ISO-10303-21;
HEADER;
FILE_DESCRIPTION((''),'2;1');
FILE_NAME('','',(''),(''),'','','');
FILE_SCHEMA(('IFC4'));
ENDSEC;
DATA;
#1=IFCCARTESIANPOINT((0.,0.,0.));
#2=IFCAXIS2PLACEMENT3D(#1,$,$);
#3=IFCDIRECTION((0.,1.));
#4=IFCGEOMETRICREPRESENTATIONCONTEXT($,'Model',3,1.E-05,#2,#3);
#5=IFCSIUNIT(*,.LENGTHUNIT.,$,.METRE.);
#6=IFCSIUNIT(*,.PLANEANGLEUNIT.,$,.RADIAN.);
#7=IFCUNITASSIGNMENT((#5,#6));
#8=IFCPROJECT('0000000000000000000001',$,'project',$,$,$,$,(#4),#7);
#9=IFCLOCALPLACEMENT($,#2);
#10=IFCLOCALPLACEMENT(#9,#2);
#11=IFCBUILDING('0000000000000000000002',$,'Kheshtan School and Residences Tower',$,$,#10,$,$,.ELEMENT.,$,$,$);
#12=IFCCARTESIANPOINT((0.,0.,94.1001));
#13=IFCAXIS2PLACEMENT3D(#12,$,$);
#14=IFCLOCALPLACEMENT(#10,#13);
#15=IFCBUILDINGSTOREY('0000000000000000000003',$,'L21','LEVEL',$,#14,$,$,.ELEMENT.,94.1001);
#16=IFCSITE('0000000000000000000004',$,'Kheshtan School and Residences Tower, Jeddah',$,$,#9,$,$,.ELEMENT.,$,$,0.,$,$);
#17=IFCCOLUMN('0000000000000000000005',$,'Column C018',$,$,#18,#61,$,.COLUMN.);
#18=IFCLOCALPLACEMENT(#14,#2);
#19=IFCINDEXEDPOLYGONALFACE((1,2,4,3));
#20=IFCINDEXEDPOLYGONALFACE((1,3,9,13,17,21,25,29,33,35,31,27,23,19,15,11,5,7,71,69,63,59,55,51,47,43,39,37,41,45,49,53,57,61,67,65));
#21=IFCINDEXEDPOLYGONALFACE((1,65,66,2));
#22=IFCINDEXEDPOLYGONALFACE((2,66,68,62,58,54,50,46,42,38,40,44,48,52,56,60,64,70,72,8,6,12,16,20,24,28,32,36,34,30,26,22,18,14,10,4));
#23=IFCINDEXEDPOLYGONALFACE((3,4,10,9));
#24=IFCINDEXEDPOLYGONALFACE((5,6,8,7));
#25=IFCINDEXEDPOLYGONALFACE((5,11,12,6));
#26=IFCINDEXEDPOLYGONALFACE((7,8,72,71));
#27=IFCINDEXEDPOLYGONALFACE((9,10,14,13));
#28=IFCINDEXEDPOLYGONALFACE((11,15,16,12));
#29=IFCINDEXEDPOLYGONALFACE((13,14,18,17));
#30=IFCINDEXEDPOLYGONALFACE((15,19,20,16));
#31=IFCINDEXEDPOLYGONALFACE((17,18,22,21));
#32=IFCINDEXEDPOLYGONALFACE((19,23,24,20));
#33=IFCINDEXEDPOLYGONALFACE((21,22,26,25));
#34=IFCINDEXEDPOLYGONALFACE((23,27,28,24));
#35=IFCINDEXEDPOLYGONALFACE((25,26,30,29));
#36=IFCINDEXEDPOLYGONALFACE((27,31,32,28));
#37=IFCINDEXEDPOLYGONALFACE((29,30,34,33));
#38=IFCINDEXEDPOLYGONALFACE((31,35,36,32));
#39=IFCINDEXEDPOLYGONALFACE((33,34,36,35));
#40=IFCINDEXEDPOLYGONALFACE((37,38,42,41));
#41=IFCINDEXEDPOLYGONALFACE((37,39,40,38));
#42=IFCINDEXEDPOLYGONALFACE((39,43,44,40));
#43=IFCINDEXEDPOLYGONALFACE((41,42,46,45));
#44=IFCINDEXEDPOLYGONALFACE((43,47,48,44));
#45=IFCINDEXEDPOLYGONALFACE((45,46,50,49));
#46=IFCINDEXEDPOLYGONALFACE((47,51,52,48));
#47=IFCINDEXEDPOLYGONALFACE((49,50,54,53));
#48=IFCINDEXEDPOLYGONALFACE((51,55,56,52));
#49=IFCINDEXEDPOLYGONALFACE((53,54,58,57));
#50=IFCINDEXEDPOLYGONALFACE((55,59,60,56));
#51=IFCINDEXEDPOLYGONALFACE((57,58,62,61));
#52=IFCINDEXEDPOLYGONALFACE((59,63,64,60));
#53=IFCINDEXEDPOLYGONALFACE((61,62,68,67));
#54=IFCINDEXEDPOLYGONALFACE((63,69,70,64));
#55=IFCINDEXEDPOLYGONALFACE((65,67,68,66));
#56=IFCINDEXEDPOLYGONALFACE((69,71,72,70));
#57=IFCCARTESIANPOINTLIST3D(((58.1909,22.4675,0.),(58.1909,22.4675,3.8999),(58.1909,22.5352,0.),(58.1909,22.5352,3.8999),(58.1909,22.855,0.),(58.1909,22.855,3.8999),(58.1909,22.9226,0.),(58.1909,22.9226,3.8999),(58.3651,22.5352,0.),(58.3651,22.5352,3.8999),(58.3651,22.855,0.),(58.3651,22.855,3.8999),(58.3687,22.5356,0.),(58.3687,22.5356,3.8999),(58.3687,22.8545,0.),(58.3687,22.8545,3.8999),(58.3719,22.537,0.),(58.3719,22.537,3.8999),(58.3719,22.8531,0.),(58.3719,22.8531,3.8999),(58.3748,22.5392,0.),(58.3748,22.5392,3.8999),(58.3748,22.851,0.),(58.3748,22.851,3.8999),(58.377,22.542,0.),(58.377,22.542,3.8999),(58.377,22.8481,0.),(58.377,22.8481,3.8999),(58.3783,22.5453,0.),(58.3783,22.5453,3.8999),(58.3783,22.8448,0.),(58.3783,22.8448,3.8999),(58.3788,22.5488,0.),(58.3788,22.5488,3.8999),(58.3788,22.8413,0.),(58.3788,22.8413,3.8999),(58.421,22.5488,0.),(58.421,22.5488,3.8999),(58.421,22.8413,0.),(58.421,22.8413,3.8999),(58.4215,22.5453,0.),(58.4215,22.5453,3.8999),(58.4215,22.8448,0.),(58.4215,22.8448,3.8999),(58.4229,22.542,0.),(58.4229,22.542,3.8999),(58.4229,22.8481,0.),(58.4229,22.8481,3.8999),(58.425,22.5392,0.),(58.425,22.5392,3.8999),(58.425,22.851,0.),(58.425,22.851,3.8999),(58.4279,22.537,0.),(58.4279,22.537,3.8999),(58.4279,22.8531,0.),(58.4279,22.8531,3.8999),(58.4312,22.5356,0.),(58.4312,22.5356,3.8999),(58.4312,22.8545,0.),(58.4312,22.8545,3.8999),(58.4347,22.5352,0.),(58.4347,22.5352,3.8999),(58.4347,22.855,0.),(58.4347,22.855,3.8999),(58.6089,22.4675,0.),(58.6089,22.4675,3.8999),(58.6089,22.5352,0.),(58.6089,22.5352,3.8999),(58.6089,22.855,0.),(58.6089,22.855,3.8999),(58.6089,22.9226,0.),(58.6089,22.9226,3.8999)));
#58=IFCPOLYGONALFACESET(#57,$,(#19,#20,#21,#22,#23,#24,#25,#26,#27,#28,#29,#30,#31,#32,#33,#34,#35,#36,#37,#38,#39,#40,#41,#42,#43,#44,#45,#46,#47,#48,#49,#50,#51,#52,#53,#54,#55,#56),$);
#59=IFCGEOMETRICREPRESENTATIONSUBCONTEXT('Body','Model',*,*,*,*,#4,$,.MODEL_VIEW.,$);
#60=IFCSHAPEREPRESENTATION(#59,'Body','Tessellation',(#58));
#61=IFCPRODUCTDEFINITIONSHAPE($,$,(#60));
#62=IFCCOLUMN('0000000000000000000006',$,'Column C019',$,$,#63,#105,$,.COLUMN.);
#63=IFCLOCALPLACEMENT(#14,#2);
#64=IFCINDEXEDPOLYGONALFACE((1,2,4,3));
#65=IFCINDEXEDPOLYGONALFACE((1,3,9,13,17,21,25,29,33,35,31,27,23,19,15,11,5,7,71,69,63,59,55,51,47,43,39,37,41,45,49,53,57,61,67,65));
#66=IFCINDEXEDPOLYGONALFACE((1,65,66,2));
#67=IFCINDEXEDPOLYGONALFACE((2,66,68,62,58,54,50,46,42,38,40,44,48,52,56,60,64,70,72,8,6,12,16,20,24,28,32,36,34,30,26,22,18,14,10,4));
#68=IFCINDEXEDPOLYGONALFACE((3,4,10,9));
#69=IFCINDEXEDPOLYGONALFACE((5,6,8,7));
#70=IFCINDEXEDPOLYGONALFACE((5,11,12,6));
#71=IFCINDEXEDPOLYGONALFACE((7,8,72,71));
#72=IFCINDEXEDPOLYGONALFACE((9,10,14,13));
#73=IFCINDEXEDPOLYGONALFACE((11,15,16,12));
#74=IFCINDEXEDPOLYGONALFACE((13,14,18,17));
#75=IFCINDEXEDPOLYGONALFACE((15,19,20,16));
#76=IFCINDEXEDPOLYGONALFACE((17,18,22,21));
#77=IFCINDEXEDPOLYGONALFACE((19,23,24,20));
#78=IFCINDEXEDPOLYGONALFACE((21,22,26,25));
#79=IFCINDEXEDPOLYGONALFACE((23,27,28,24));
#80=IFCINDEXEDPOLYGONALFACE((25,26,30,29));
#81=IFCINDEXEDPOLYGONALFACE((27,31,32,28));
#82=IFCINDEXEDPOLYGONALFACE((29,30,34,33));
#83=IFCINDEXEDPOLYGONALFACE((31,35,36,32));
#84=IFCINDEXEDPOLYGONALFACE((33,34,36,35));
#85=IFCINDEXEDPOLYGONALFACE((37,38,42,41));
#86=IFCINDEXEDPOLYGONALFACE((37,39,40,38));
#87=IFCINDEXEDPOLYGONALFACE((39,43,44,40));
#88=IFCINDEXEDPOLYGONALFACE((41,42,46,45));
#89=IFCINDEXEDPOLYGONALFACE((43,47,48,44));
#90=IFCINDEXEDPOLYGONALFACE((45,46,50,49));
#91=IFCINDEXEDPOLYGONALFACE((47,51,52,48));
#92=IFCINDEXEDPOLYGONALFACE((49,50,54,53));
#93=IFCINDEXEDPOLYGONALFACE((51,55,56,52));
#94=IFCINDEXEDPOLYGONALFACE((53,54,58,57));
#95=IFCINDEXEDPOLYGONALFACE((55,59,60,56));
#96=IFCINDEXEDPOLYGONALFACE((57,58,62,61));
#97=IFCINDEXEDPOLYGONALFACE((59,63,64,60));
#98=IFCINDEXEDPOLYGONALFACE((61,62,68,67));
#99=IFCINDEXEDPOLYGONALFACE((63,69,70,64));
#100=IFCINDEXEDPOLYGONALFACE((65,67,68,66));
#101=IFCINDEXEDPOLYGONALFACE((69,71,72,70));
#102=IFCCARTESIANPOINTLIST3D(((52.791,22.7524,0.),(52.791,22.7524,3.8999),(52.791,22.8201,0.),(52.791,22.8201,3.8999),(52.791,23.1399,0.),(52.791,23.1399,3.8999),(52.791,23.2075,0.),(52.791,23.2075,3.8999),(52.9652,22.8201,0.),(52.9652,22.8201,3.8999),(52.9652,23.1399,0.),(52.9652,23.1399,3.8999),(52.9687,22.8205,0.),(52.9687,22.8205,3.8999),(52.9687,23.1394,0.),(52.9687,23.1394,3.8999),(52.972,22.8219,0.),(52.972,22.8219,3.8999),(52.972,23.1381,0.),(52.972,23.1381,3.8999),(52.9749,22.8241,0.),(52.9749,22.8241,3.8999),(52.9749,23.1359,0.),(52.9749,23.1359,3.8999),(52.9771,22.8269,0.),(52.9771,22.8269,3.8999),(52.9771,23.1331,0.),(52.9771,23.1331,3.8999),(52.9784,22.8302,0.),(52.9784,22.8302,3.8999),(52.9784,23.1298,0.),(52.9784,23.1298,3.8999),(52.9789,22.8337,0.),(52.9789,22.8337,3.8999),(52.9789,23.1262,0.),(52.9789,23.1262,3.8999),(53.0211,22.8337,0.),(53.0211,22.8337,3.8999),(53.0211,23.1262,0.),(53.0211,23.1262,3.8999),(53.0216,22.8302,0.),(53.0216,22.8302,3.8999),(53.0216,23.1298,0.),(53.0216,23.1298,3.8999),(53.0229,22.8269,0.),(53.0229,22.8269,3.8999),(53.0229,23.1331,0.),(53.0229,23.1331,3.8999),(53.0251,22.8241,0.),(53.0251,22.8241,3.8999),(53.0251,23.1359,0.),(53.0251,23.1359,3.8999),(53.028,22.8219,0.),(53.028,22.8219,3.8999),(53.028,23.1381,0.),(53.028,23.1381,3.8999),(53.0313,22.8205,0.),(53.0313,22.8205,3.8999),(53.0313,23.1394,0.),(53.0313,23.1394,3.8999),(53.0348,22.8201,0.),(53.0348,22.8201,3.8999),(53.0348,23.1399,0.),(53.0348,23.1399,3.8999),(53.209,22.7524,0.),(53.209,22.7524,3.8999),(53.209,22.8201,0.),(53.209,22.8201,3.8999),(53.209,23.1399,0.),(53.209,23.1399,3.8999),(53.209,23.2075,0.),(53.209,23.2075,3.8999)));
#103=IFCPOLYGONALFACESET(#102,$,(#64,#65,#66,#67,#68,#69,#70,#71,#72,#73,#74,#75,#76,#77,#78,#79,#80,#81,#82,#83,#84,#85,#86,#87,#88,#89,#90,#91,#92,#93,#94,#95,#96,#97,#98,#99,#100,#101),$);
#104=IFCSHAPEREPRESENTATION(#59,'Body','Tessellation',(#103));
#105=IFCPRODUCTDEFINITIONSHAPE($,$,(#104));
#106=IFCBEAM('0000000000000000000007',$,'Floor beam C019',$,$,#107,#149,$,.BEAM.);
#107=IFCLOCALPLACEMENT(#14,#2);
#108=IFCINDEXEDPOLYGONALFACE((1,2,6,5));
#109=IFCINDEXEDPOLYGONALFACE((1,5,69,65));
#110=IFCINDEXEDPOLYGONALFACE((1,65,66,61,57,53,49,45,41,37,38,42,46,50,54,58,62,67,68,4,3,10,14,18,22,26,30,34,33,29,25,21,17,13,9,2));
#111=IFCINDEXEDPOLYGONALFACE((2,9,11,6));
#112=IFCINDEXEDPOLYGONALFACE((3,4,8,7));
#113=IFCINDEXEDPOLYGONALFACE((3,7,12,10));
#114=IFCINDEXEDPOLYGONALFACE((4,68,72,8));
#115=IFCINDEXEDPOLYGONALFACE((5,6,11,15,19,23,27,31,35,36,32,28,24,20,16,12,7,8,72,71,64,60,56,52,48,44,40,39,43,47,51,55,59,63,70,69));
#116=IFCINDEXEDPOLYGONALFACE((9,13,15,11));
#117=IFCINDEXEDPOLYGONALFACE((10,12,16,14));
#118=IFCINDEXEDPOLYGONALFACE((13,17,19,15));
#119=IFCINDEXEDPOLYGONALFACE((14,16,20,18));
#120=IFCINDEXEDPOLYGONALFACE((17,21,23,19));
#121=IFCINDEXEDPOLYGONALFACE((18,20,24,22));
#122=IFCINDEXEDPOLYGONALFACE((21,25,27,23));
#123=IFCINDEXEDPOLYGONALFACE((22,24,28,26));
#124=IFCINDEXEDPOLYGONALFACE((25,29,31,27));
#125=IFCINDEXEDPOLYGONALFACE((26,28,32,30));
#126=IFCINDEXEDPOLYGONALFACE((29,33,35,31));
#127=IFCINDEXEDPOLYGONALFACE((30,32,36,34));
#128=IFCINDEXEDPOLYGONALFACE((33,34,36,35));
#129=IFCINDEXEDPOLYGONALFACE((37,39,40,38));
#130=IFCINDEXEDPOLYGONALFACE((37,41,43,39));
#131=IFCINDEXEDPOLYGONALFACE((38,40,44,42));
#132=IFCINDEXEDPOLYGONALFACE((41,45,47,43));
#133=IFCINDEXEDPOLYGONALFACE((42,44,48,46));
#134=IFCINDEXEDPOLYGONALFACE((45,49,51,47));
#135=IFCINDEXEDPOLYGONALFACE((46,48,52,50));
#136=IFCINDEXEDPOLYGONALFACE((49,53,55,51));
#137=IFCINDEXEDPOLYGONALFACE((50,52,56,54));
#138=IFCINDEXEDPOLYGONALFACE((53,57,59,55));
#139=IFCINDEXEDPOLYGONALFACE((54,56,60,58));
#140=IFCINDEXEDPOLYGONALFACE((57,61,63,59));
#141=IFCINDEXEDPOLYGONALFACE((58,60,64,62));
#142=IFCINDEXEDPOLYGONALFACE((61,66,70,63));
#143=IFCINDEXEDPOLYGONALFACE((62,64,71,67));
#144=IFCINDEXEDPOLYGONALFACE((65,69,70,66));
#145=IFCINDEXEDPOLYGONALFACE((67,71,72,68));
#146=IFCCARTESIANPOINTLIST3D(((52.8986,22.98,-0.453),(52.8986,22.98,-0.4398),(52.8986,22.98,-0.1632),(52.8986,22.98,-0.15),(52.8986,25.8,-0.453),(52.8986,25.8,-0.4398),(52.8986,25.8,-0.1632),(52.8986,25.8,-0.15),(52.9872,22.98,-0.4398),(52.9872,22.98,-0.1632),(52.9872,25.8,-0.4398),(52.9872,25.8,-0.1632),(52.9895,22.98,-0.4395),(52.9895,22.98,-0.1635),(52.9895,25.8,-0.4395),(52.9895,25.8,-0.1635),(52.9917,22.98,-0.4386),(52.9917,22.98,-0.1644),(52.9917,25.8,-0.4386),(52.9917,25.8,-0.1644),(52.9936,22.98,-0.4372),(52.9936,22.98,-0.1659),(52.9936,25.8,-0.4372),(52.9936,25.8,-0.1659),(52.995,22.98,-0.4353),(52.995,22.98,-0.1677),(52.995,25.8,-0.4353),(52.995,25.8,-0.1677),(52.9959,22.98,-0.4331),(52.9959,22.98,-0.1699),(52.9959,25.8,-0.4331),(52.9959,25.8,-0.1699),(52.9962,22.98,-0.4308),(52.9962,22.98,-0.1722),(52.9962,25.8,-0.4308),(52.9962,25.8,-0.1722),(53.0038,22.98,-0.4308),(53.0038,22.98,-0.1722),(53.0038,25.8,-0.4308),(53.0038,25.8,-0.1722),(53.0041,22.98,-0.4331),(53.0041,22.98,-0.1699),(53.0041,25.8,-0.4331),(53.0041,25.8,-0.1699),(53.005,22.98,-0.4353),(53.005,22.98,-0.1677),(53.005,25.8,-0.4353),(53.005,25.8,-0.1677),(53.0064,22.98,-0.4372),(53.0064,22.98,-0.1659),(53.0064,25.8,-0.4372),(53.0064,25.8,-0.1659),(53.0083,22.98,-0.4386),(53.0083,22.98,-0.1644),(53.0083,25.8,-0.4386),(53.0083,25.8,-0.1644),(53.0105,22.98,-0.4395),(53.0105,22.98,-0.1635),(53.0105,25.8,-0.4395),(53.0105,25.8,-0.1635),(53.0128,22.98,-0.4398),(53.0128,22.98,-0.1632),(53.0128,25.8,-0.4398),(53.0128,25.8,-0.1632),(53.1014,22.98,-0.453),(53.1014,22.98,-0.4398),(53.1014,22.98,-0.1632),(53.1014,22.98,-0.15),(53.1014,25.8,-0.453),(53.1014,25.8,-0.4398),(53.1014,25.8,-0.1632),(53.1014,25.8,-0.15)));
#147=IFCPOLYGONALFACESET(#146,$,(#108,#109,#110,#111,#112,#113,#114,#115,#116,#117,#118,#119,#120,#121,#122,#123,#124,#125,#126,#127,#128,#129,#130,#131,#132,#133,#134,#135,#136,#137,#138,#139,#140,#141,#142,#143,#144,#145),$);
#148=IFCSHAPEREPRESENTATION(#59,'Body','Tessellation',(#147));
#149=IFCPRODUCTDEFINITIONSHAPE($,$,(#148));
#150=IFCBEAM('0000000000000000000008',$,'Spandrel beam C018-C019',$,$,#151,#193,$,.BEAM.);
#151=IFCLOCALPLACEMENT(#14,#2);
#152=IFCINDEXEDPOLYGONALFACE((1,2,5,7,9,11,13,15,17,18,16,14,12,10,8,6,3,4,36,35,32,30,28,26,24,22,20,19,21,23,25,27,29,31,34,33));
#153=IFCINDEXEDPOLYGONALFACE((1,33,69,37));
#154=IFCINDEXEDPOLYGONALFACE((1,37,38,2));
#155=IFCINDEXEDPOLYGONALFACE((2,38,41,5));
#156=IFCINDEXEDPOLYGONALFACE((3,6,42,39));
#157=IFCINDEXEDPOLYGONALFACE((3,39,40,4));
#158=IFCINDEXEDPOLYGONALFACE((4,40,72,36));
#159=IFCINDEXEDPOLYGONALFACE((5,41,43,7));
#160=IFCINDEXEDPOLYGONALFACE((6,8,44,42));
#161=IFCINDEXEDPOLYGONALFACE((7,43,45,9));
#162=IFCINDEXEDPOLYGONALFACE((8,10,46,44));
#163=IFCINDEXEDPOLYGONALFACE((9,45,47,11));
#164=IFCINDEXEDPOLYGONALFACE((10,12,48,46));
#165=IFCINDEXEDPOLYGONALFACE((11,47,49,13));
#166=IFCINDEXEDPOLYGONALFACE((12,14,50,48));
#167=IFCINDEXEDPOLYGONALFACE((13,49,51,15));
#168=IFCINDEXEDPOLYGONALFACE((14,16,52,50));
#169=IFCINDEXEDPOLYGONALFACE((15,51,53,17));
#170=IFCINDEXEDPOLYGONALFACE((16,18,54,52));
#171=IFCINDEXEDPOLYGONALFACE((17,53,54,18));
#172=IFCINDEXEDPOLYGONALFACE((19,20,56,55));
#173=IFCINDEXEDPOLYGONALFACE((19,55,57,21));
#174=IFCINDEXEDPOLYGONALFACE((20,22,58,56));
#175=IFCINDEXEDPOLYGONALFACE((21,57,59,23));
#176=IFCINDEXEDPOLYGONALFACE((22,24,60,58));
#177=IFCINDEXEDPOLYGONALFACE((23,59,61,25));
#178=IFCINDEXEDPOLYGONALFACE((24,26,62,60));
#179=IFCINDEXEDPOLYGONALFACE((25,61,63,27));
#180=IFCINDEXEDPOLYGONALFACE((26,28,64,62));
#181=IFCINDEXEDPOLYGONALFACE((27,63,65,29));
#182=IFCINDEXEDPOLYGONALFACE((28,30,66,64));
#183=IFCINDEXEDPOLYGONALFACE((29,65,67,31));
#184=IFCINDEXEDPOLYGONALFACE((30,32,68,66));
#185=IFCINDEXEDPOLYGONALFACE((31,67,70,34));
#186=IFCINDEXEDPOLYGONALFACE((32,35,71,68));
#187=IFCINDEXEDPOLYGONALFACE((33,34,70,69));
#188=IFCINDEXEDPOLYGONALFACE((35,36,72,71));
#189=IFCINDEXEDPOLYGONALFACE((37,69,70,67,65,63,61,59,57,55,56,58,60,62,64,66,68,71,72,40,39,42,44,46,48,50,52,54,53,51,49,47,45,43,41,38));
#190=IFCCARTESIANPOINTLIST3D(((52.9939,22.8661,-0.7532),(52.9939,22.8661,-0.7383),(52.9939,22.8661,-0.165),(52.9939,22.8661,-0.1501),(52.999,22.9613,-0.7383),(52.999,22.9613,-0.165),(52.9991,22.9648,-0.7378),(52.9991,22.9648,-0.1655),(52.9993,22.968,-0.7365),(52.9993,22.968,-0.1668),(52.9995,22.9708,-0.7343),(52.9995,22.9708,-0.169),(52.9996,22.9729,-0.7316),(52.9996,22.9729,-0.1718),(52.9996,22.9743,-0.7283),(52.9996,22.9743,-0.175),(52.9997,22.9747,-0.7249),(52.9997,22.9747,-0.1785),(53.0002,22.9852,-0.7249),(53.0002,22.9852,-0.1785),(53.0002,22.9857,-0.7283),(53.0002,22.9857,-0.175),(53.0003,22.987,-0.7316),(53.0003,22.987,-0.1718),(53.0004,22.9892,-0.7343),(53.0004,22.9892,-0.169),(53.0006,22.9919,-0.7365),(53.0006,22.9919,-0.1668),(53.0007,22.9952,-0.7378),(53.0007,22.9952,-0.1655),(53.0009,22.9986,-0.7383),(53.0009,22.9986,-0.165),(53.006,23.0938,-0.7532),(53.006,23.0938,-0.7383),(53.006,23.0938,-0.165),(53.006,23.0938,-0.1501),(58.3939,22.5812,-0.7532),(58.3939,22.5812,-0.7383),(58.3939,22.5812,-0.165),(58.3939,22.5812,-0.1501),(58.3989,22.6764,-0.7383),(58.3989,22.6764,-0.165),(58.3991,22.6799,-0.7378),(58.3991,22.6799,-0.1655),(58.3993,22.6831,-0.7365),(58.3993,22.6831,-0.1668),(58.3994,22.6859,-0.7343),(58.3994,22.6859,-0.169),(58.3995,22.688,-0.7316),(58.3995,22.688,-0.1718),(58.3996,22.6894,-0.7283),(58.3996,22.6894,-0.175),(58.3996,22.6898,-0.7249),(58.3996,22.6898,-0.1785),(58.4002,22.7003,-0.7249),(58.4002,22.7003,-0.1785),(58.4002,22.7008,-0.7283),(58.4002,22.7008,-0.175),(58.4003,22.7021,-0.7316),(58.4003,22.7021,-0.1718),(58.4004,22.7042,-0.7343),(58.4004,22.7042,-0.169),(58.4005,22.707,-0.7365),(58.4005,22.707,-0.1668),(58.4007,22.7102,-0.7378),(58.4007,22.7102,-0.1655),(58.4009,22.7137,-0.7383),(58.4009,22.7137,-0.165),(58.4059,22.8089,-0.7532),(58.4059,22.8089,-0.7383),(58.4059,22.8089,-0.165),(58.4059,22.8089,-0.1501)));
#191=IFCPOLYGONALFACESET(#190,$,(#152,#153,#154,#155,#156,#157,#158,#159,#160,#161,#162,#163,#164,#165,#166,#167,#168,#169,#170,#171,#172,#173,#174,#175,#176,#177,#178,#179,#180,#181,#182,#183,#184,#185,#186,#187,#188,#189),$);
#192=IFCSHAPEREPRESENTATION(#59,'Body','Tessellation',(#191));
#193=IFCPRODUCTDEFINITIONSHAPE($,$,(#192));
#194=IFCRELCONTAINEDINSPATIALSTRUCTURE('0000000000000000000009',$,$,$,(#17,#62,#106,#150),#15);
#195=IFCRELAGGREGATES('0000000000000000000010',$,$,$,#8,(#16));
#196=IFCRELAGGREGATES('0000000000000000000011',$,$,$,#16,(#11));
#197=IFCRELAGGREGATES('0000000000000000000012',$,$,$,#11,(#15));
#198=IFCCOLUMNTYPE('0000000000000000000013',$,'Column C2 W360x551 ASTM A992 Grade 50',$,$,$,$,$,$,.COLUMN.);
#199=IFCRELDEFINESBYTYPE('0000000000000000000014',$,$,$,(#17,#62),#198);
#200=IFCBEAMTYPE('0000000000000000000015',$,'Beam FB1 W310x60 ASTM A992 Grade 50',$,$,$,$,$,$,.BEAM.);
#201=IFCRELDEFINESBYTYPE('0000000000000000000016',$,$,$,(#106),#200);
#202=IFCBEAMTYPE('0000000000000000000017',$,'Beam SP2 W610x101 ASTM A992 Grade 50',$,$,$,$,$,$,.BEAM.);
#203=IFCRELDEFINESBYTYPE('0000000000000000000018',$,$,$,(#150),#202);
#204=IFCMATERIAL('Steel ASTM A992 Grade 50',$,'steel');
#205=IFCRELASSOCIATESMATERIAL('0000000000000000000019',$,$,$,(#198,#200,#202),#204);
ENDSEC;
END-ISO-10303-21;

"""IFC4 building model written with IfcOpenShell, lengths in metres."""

from ifc_helpers import new_model, si_unit, direction, frame, origin, origin_2d, place, context, subcontext, project, spatial, i_section, extrude, material, material_profile, profile_set, type_object, element, save


model = new_model("IFC4")

# Units and contexts
model_context = context("Model", 3, precision=1e-05, world=origin(), true_north=direction((0.0, 1.0)))
body_context = subcontext(model_context, "Body", "Model", "MODEL_VIEW")
ifc_project = project(units=[si_unit("LENGTHUNIT", "METRE"), si_unit("PLANEANGLEUNIT", "RADIAN")], contexts=[model_context])

# Site, building, storey
site_placement = place(None, origin())
site = spatial("IfcSite", under=ifc_project, at=site_placement, Name="Kheshtan School and Residences Tower, Jeddah", CompositionType="ELEMENT", RefElevation=0.0)
building_placement = place(site_placement, origin())
building = spatial("IfcBuilding", under=site, at=building_placement, Name="Kheshtan School and Residences Tower", CompositionType="ELEMENT")
storey_placement = place(building_placement, frame((0.0, 0.0, 94.1001)))
storey = spatial("IfcBuildingStorey", under=building, at=storey_placement, Name="L21", Description="LEVEL", CompositionType="ELEMENT", Elevation=94.1001)

# Columns
ifc_material_1 = material(Name="Steel ASTM A992 Grade 50", Category="steel")
ifc_material_profile_1 = material_profile(ifc_material_1, i_section(OverallWidth=0.418, OverallDepth=0.4551, WebThickness=0.0422, FlangeThickness=0.0676, FilletRadius=0.0137, at=origin_2d()), Name="W360x551")
ifc_profile_set_1 = profile_set([ifc_material_profile_1], Name="Steel ASTM A992 Grade 50")
column_type = type_object("IfcColumnType", Name="Column C2 W360x551 ASTM A992 Grade 50", PredefinedType="COLUMN", material=ifc_profile_set_1)
for number, where, z_axis, x_axis, name in (
    (1, (58.3999, 22.6951, 0.0), (0.0, 0.0, 1.0), (1.0, 0.0, 0.0), "Column C018"),
    (2, (53.0, 22.98, 0.0), (0.0, 0.0, 1.0), (1.0, 0.0, 0.0), "Column C019"),
):
    element("IfcColumn", number, at=place(storey_placement, frame(where, z_axis=z_axis, x_axis=x_axis)), inside=storey, type_object=column_type, Name=name, PredefinedType="COLUMN", context=body_context, shape_type="SweptSolid", body=[
        extrude(i_section(OverallWidth=0.418, OverallDepth=0.4551, WebThickness=0.0422, FlangeThickness=0.0676, FilletRadius=0.0137, at=origin_2d()), origin(), (0.0, 0.0, 1.0), 3.8999),
    ])

# Beams
ifc_material_profile_2 = material_profile(ifc_material_1, i_section(OverallWidth=0.2029, OverallDepth=0.303, WebThickness=0.0076, FlangeThickness=0.0132, FilletRadius=0.009, at=origin_2d()), Name="W310x60")
ifc_profile_set_2 = profile_set([ifc_material_profile_2], Name="Steel ASTM A992 Grade 50")
beam_type_1 = type_object("IfcBeamType", Name="Beam FB1 W310x60 ASTM A992 Grade 50", PredefinedType="BEAM", material=ifc_profile_set_2)
beam_placement = place(storey_placement, frame((53.0, 22.98, -0.3015), z_axis=(0.0, 1.0, 0.0), x_axis=(-1.0, 0.0, 0.0)))
element("IfcBeam", 3, at=beam_placement, inside=storey, type_object=beam_type_1, Name="Floor beam C019", PredefinedType="BEAM", context=body_context, shape_type="SweptSolid", body=[
    extrude(i_section(OverallWidth=0.2029, OverallDepth=0.303, WebThickness=0.0076, FlangeThickness=0.0132, FilletRadius=0.009, at=origin_2d()), origin(), (0.0, 0.0, 1.0), 2.8201),
])
ifc_material_profile_3 = material_profile(ifc_material_1, i_section(OverallWidth=0.228, OverallDepth=0.603, WebThickness=0.0105, FlangeThickness=0.0149, FilletRadius=0.0134, at=origin_2d()), Name="W610x101")
ifc_profile_set_3 = profile_set([ifc_material_profile_3], Name="Steel ASTM A992 Grade 50")
beam_type_2 = type_object("IfcBeamType", Name="Beam SP2 W610x101 ASTM A992 Grade 50", PredefinedType="BEAM", material=ifc_profile_set_3)
for number, where, z_axis, x_axis, name in (
    (4, (58.3999, 22.6951, -0.4517), (-0.998611, 0.052689, 0.0), (-0.052689, -0.998611, 0.0), "Spandrel beam C018-C019"),
):
    element("IfcBeam", number, at=place(storey_placement, frame(where, z_axis=z_axis, x_axis=x_axis)), inside=storey, type_object=beam_type_2, Name=name, PredefinedType="BEAM", context=body_context, shape_type="SweptSolid", body=[
        extrude(i_section(OverallWidth=0.228, OverallDepth=0.603, WebThickness=0.0105, FlangeThickness=0.0149, FilletRadius=0.0134, at=origin_2d()), origin(), (0.0, 0.0, 1.0), 5.4075),
    ])

save(model, "model.ifc")
